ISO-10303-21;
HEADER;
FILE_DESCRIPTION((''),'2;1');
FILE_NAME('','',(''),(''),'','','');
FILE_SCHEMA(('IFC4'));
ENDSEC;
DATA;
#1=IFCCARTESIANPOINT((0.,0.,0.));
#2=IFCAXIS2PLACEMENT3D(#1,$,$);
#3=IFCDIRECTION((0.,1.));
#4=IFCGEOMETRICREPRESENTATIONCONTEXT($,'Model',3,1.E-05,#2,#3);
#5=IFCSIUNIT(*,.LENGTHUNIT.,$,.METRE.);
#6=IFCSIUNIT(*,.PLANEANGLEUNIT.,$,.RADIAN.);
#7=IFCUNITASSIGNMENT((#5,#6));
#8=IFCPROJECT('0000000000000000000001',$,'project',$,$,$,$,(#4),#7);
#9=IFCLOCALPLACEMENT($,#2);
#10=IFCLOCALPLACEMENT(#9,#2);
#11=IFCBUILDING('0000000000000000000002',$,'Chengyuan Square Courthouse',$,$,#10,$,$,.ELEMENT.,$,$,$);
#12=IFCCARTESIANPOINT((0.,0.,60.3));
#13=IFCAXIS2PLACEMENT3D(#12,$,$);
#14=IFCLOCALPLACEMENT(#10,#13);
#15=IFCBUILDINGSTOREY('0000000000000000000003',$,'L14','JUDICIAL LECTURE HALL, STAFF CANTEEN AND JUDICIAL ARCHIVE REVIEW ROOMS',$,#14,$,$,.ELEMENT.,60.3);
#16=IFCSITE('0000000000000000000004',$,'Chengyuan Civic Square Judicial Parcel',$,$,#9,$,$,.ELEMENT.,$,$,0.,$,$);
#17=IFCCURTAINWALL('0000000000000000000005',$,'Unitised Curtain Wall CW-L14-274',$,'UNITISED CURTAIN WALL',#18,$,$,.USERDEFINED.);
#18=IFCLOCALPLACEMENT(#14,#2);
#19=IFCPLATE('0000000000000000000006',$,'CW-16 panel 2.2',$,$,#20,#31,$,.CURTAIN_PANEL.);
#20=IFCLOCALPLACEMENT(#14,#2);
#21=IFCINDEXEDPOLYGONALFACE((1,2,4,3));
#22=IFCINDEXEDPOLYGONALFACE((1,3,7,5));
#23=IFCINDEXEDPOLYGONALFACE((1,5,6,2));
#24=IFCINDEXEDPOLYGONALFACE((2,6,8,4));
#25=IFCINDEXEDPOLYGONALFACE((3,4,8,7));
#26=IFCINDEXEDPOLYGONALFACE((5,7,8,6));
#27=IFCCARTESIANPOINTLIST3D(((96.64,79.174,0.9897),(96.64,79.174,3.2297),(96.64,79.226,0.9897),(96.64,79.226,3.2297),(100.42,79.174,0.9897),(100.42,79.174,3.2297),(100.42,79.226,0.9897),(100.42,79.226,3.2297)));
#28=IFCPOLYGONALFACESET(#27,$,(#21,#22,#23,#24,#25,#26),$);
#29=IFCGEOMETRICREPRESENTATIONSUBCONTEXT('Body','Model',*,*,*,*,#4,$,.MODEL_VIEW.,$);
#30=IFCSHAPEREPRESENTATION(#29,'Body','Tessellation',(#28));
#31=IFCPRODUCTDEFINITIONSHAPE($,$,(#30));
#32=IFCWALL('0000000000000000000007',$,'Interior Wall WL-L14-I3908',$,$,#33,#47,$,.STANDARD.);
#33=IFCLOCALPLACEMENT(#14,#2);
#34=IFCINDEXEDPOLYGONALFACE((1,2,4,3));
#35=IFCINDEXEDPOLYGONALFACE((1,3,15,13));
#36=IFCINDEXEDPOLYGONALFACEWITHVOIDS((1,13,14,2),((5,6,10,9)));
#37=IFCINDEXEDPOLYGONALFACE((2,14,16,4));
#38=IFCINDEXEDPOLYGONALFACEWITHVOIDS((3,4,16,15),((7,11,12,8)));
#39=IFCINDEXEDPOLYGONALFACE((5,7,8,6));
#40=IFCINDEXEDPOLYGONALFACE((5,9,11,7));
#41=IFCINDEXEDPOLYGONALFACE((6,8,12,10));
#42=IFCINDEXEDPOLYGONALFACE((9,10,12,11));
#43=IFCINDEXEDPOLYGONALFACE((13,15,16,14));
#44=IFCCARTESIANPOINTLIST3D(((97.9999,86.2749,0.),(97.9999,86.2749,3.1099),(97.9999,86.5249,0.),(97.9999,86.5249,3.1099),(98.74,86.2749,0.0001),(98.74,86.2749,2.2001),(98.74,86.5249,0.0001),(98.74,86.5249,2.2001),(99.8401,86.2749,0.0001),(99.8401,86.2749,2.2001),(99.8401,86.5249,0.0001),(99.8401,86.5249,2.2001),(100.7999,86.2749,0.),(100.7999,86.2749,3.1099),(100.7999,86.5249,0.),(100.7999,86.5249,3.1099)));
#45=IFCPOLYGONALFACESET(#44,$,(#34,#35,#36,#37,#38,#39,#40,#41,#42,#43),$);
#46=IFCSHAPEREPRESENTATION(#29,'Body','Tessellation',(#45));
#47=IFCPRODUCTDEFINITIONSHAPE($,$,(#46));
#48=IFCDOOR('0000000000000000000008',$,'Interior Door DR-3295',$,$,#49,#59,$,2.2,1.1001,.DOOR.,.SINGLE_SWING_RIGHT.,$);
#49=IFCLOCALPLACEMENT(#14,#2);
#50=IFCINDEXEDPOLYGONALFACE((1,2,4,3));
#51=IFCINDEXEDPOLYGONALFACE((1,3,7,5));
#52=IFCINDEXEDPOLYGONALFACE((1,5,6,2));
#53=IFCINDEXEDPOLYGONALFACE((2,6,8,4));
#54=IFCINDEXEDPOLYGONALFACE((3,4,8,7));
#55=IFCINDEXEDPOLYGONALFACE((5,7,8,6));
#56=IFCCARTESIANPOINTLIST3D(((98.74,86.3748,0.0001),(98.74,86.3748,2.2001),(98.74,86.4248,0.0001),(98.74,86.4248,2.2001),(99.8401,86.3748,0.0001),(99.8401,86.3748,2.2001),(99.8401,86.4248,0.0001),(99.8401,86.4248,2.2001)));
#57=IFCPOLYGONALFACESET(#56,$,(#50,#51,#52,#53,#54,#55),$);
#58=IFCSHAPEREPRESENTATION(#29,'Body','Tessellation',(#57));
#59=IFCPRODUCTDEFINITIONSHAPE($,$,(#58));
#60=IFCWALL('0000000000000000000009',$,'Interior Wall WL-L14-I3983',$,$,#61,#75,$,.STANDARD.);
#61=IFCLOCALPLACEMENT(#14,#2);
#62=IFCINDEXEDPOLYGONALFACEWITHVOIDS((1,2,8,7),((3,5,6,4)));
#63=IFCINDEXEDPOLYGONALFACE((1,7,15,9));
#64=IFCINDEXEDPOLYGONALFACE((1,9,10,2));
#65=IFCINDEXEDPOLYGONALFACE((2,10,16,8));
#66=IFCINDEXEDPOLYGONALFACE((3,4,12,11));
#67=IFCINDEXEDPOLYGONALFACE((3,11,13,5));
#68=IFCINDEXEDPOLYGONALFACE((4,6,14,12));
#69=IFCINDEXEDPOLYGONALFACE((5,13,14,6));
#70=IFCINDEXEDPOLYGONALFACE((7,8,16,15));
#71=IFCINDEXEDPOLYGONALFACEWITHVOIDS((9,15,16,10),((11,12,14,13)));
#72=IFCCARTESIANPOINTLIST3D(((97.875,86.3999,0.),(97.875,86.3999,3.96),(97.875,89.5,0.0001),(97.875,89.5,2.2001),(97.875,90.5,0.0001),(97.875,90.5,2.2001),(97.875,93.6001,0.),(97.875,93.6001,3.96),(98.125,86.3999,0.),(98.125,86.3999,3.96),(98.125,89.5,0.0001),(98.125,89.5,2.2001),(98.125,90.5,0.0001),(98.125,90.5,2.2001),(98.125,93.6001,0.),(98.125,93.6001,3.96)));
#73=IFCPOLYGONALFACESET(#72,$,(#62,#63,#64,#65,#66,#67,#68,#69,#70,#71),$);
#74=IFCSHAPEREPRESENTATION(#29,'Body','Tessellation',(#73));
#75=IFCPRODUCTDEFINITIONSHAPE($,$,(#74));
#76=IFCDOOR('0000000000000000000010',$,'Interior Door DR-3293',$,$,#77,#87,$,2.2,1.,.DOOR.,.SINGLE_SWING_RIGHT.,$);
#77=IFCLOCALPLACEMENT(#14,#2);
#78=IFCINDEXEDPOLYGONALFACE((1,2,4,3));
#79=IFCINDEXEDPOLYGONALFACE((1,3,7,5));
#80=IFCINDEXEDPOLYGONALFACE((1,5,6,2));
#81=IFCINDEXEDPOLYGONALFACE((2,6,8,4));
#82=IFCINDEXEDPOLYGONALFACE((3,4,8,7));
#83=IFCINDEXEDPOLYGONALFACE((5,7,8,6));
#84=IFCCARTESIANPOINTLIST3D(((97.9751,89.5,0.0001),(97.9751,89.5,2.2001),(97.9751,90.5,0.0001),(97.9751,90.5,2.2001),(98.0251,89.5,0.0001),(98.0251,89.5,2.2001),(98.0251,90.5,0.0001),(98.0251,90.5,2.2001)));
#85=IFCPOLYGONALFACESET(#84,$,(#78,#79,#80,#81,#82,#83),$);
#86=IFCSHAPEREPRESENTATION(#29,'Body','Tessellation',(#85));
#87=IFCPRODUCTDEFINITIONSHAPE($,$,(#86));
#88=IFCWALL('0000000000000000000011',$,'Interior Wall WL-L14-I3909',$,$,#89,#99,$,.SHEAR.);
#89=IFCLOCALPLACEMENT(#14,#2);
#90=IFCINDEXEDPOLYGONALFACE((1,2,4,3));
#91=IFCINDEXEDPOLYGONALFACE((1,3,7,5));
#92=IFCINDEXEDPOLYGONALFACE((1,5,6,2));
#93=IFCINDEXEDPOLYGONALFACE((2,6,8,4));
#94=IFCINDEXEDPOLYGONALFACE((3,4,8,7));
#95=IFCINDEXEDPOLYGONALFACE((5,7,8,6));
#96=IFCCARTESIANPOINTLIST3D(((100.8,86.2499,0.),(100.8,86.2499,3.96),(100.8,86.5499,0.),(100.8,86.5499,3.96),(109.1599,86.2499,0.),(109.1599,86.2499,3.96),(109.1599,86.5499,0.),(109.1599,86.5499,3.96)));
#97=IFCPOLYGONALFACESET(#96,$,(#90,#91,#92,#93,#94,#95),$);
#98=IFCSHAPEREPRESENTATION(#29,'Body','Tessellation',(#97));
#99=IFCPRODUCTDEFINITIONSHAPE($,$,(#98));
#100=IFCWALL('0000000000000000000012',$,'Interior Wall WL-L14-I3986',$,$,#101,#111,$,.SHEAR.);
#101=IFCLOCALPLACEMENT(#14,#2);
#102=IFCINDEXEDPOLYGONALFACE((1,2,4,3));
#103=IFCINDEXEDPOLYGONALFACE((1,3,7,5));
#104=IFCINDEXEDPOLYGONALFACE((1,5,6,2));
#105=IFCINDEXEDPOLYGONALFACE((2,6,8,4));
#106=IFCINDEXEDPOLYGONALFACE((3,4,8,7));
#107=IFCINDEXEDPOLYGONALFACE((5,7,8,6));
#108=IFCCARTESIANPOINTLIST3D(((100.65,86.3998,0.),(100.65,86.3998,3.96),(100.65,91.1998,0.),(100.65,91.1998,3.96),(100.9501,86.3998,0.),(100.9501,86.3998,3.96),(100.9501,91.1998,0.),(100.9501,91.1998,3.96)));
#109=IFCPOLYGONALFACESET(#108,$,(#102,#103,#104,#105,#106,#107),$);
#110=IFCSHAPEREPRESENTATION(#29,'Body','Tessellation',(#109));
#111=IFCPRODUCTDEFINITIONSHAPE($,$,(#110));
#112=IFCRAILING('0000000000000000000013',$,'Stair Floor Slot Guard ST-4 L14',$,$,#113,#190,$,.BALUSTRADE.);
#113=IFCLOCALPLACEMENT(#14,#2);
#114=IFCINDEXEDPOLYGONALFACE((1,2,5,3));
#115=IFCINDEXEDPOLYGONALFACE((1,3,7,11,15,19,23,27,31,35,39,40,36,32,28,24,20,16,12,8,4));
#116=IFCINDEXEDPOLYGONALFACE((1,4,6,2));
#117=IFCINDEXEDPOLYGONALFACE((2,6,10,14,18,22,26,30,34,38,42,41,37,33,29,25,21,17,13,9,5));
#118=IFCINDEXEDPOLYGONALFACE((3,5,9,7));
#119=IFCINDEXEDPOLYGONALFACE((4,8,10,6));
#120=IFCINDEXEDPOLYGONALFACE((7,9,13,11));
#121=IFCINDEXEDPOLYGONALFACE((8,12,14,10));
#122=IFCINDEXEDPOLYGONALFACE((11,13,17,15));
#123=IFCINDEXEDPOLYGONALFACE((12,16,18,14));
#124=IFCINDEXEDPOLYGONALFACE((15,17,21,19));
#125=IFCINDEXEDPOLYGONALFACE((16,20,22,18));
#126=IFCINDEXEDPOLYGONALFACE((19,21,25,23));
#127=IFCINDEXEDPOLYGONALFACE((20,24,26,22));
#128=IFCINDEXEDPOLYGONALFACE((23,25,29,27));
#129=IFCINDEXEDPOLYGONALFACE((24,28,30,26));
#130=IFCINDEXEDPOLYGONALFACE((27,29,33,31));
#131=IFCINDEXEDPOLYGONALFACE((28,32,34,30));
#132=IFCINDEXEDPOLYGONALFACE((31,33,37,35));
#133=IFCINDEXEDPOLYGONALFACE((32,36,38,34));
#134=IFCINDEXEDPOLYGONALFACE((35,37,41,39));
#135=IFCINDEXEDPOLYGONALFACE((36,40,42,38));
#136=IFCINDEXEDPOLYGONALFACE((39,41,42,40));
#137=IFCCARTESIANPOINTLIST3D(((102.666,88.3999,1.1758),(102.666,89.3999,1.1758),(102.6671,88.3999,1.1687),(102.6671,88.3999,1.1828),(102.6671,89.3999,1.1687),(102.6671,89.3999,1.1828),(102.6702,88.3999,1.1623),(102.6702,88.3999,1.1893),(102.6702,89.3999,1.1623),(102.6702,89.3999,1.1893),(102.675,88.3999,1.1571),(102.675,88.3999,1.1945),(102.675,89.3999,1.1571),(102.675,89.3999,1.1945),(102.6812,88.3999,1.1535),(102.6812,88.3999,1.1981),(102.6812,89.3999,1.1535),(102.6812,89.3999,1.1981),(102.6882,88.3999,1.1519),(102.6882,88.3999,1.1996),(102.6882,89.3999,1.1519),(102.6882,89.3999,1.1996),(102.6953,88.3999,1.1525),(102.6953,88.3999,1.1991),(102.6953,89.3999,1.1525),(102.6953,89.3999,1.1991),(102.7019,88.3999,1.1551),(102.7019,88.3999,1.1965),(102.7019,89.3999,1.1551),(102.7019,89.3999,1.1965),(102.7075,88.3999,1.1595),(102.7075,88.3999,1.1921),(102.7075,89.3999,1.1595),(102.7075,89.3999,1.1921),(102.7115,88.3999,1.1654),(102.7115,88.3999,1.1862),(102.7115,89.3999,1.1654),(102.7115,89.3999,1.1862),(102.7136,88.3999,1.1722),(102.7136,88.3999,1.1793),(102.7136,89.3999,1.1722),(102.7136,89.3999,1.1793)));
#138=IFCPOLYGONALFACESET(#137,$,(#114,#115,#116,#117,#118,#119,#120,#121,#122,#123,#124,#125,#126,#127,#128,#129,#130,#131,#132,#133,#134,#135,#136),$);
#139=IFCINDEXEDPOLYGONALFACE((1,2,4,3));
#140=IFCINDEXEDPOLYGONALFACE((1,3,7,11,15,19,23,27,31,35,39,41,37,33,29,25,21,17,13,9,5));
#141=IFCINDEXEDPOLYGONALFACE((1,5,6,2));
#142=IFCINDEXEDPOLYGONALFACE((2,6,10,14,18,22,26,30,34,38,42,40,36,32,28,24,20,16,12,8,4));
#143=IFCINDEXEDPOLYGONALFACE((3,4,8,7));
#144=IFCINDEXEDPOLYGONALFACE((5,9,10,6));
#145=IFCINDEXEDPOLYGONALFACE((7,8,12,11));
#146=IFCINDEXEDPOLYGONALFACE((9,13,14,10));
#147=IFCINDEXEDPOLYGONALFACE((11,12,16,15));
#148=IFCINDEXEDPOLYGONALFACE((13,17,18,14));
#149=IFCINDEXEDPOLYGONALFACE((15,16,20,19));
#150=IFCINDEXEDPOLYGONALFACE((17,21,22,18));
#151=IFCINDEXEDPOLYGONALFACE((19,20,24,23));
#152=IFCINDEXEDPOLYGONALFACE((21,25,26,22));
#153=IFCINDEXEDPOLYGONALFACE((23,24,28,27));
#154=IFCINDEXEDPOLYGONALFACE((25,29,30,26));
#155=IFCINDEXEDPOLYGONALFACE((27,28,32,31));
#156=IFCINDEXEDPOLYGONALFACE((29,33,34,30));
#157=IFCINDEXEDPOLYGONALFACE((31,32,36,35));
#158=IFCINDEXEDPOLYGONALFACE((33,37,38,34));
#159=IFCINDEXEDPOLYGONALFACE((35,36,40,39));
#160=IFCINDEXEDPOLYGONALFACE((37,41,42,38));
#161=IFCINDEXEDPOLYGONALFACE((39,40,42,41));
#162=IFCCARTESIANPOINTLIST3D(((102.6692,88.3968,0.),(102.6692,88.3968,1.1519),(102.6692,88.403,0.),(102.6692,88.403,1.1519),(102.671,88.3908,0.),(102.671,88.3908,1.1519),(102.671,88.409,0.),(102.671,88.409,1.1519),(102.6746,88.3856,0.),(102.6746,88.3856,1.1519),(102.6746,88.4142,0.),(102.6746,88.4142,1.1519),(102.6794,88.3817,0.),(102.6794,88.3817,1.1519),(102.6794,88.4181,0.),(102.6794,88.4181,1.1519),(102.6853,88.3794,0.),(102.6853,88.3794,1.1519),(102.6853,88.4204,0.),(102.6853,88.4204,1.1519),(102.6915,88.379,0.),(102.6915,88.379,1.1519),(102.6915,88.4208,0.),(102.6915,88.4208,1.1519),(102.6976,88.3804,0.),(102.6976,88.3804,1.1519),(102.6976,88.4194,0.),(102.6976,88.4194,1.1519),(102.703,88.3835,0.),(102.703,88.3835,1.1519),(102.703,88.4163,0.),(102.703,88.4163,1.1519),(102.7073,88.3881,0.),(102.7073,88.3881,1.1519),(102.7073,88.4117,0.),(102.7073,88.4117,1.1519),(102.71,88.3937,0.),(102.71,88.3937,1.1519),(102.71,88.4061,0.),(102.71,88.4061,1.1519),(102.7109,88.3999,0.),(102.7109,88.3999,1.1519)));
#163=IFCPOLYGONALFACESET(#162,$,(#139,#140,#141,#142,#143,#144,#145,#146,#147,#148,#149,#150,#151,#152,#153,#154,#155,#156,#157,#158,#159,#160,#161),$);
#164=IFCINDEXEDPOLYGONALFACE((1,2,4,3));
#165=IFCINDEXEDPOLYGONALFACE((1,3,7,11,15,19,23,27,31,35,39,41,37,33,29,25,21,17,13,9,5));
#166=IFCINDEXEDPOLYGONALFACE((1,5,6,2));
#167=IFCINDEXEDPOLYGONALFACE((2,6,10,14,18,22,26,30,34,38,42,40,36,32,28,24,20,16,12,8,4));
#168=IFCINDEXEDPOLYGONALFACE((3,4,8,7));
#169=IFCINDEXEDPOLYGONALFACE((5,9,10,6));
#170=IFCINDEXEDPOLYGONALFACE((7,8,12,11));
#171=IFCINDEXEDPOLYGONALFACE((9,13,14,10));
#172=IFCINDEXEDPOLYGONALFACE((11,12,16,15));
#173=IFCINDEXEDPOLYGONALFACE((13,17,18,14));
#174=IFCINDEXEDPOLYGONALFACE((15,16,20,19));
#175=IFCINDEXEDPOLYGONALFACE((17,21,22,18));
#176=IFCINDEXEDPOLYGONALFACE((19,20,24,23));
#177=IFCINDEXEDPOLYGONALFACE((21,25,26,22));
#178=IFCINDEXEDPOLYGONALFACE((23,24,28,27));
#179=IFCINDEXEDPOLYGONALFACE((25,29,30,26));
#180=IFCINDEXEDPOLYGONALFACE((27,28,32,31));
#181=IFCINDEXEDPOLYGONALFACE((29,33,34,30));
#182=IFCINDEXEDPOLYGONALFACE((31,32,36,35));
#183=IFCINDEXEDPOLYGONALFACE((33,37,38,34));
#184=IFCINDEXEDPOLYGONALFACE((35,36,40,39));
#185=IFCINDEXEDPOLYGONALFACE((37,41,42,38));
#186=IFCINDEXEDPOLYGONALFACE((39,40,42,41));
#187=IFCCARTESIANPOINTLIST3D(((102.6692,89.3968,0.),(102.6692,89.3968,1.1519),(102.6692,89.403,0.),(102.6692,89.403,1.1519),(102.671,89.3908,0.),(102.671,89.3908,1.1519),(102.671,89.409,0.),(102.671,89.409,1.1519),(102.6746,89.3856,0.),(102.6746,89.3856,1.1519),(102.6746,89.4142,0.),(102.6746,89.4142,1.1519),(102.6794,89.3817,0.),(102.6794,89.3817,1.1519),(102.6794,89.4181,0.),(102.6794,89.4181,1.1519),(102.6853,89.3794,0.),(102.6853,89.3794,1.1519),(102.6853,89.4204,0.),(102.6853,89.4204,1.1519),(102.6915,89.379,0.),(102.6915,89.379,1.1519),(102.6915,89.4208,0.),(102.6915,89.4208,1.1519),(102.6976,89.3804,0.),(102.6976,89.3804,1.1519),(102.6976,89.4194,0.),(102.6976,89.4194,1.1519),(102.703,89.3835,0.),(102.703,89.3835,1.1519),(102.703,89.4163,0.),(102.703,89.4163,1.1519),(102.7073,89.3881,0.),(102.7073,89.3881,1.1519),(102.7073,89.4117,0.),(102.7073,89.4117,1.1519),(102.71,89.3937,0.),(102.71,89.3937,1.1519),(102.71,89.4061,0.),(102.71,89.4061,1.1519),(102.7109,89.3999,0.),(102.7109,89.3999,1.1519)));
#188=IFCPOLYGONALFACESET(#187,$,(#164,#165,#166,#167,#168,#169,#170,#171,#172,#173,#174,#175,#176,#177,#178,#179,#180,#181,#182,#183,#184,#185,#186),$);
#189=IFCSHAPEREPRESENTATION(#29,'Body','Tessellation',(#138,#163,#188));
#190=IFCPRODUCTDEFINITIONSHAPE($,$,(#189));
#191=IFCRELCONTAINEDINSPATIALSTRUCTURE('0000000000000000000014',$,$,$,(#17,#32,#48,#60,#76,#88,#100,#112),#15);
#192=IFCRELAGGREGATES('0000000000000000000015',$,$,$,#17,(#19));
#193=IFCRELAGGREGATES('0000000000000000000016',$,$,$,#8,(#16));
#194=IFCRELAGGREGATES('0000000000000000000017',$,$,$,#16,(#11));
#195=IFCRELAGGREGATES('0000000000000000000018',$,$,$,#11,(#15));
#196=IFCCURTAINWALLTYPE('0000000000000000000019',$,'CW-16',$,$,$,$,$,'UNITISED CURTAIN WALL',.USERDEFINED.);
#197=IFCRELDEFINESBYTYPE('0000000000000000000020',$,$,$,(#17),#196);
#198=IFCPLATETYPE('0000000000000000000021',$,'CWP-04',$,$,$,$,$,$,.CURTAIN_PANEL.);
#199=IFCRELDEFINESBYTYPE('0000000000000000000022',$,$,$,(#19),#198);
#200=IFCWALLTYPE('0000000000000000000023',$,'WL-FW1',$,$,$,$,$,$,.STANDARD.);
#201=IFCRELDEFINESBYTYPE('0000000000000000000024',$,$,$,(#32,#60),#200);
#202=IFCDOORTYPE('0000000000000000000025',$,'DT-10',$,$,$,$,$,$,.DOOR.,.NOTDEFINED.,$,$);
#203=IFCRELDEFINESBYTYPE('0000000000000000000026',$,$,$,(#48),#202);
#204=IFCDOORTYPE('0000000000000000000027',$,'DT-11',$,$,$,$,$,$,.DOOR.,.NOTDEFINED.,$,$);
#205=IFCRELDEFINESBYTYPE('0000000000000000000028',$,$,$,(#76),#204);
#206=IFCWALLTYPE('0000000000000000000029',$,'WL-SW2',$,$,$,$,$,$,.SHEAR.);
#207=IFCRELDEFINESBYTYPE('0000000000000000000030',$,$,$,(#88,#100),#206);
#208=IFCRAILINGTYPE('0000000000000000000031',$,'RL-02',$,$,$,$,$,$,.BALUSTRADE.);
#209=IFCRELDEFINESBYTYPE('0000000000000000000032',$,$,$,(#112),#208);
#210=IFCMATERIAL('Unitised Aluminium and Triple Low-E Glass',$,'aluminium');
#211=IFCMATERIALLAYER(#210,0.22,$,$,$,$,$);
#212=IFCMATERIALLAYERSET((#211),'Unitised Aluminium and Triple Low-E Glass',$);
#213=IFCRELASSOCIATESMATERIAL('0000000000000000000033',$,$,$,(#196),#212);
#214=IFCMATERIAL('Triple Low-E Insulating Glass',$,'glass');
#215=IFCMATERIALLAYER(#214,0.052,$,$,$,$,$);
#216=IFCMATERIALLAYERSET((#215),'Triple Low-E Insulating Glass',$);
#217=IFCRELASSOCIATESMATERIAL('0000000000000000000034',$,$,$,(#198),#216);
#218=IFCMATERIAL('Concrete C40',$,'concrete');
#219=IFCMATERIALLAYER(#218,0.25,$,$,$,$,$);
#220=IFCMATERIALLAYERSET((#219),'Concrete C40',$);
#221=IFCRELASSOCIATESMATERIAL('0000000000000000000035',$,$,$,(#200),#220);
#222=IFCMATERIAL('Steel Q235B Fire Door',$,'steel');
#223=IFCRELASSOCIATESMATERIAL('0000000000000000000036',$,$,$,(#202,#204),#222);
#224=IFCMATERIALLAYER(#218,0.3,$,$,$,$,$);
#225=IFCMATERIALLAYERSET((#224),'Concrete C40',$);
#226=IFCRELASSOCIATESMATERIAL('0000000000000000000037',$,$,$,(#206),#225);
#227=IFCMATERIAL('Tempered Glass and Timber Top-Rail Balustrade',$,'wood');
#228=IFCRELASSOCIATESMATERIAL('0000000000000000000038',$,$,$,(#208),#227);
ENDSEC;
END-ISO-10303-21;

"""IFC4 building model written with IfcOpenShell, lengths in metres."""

from ifc_helpers import new_model, si_unit, direction, frame, frame_2d, origin, origin_2d, place, context, subcontext, project, spatial, rectangle, circle, extrude, material, layer, layer_set, type_object, element, fill, aggregate, save


model = new_model("IFC4")

# Units and contexts
model_context = context("Model", 3, precision=1e-05, world=origin(), true_north=direction((0.0, 1.0)))
body_context = subcontext(model_context, "Body", "Model", "MODEL_VIEW")
ifc_project = project(units=[si_unit("LENGTHUNIT", "METRE"), si_unit("PLANEANGLEUNIT", "RADIAN")], contexts=[model_context])

# Site, building, storey
site_placement = place(None, origin())
site = spatial("IfcSite", under=ifc_project, at=site_placement, Name="Chengyuan Civic Square Judicial Parcel", CompositionType="ELEMENT", RefElevation=0.0)
building_placement = place(site_placement, origin())
building = spatial("IfcBuilding", under=site, at=building_placement, Name="Chengyuan Square Courthouse", CompositionType="ELEMENT")
storey_placement = place(building_placement, frame((0.0, 0.0, 60.3)))
storey = spatial("IfcBuildingStorey", under=building, at=storey_placement, Name="L14", Description="JUDICIAL LECTURE HALL, STAFF CANTEEN AND JUDICIAL ARCHIVE REVIEW ROOMS", CompositionType="ELEMENT", Elevation=60.3)

# Shared definitions
ifc_material_1 = material(Name="Concrete C40", Category="concrete")

# Curtain wall
ifc_material_2 = material(Name="Unitised Aluminium and Triple Low-E Glass", Category="aluminium")
ifc_layer_1 = layer(ifc_material_2, 0.22)
ifc_layer_set_1 = layer_set([ifc_layer_1], Name="Unitised Aluminium and Triple Low-E Glass")
curtain_wall_type = type_object("IfcCurtainWallType", Name="CW-16", ElementType="UNITISED CURTAIN WALL", PredefinedType="USERDEFINED", material=ifc_layer_set_1)
curtain_wall_1_placement = place(storey_placement, origin())
curtain_wall_1 = element("IfcCurtainWall", 1, at=curtain_wall_1_placement, inside=storey, type_object=curtain_wall_type, Name="Unitised Curtain Wall CW-L14-274", ObjectType="UNITISED CURTAIN WALL", PredefinedType="USERDEFINED")

# Plate
ifc_material_3 = material(Name="Triple Low-E Insulating Glass", Category="glass")
ifc_layer_2 = layer(ifc_material_3, 0.052)
ifc_layer_set_2 = layer_set([ifc_layer_2], Name="Triple Low-E Insulating Glass")
plate_type = type_object("IfcPlateType", Name="CWP-04", PredefinedType="CURTAIN_PANEL", material=ifc_layer_set_2)
plate_1_placement = place(storey_placement, frame((98.53, 79.2, 0.9897), z_axis=(0.0, 0.0, 1.0), x_axis=(1.0, 0.0, 0.0)))
plate_1 = element("IfcPlate", 2, at=plate_1_placement, type_object=plate_type, Name="CW-16 panel 2.2", PredefinedType="CURTAIN_PANEL", context=body_context, shape_type="SweptSolid", body=[
    extrude(rectangle(XDim=3.78, YDim=0.052, at=origin_2d()), origin(), (0.0, 0.0, 1.0), 2.24),
])
aggregate(curtain_wall_1, [plate_1])

# Walls, openings, doors
ifc_layer_3 = layer(ifc_material_1, 0.25)
ifc_layer_set_3 = layer_set([ifc_layer_3], Name="Concrete C40")
wall_type_1 = type_object("IfcWallType", Name="WL-FW1", PredefinedType="STANDARD", material=ifc_layer_set_3)
wall_1_placement = place(storey_placement, frame((98.0, 86.3999, 0.0), z_axis=(0.0, 0.0, 1.0), x_axis=(1.0, 0.0, 0.0)))
wall_1 = element("IfcWall", 3, at=wall_1_placement, inside=storey, type_object=wall_type_1, Name="Interior Wall WL-L14-I3908", PredefinedType="STANDARD", context=body_context, shape_type="SweptSolid", body=[
    extrude(rectangle(XDim=2.8, YDim=0.25, at=frame_2d((1.3999, 0.0))), origin(), (0.0, 0.0, 1.0), 3.1099),
])
opening_1_placement = place(wall_1_placement, frame((0.74, 0.0, 0.0)))
opening_1 = element("IfcOpeningElement", 4, at=opening_1_placement, cuts=wall_1, PredefinedType="OPENING", context=body_context, shape_type="SweptSolid", body=[
    extrude(rectangle(XDim=1.1001, YDim=2.2, at=frame_2d((0.55, 1.1001))), frame((0.0, 0.137, 0.0), z_axis=(0.0, -1.0, 0.0), x_axis=(1.0, 0.0, 0.0)), (0.0, 0.0, 1.0), 0.2739),
])
ifc_material_4 = material(Name="Steel Q235B Fire Door", Category="steel")
door_type_1 = type_object("IfcDoorType", Name="DT-10", OperationType="NOTDEFINED", PredefinedType="DOOR", material=ifc_material_4)
door_1_placement = place(opening_1_placement, origin())
door_1 = element("IfcDoor", 5, at=door_1_placement, inside=storey, type_object=door_type_1, Name="Interior Door DR-3295", OperationType="SINGLE_SWING_RIGHT", OverallHeight=2.2, OverallWidth=1.1001, PredefinedType="DOOR", context=body_context, shape_type="SweptSolid", body=[
    extrude(rectangle(XDim=1.1001, YDim=2.2, at=frame_2d((0.55, 1.1001))), frame((0.0, 0.0249, 0.0), z_axis=(0.0, -1.0, 0.0), x_axis=(1.0, 0.0, 0.0)), (0.0, 0.0, 1.0), 0.05),
])
fill(opening_1, door_1)
wall_2_placement = place(storey_placement, frame((98.0, 86.3999, 0.0), z_axis=(0.0, 0.0, 1.0), x_axis=(0.0, 1.0, 0.0)))
wall_2 = element("IfcWall", 6, at=wall_2_placement, inside=storey, type_object=wall_type_1, Name="Interior Wall WL-L14-I3983", PredefinedType="STANDARD", context=body_context, shape_type="SweptSolid", body=[
    extrude(rectangle(XDim=7.2002, YDim=0.25, at=frame_2d((3.6001, 0.0))), origin(), (0.0, 0.0, 1.0), 3.96),
])
opening_2_placement = place(wall_2_placement, frame((3.1001, 0.0, 0.0)))
opening_2 = element("IfcOpeningElement", 7, at=opening_2_placement, cuts=wall_2, PredefinedType="OPENING", context=body_context, shape_type="SweptSolid", body=[
    extrude(rectangle(XDim=1.0, YDim=2.2, at=frame_2d((0.5, 1.1001))), frame((0.0, 0.137, 0.0), z_axis=(0.0, -1.0, 0.0), x_axis=(1.0, 0.0, 0.0)), (0.0, 0.0, 1.0), 0.2739),
])
door_type_2 = type_object("IfcDoorType", Name="DT-11", OperationType="NOTDEFINED", PredefinedType="DOOR", material=ifc_material_4)
door_2_placement = place(opening_2_placement, origin())
door_2 = element("IfcDoor", 8, at=door_2_placement, inside=storey, type_object=door_type_2, Name="Interior Door DR-3293", OperationType="SINGLE_SWING_RIGHT", OverallHeight=2.2, OverallWidth=1.0, PredefinedType="DOOR", context=body_context, shape_type="SweptSolid", body=[
    extrude(rectangle(XDim=1.0, YDim=2.2, at=frame_2d((0.5, 1.1001))), frame((0.0, 0.0249, 0.0), z_axis=(0.0, -1.0, 0.0), x_axis=(1.0, 0.0, 0.0)), (0.0, 0.0, 1.0), 0.05),
])
fill(opening_2, door_2)

# Walls
ifc_layer_4 = layer(ifc_material_1, 0.3)
ifc_layer_set_4 = layer_set([ifc_layer_4], Name="Concrete C40")
wall_type_2 = type_object("IfcWallType", Name="WL-SW2", PredefinedType="SHEAR", material=ifc_layer_set_4)
wall_3_placement = place(storey_placement, frame((100.8, 86.3999, 0.0), z_axis=(0.0, 0.0, 1.0), x_axis=(1.0, 0.0, 0.0)))
element("IfcWall", 9, at=wall_3_placement, inside=storey, type_object=wall_type_2, Name="Interior Wall WL-L14-I3909", PredefinedType="SHEAR", context=body_context, shape_type="SweptSolid", body=[
    extrude(rectangle(XDim=8.3599, YDim=0.3, at=frame_2d((4.1799, 0.0))), origin(), (0.0, 0.0, 1.0), 3.96),
])
wall_4_placement = place(storey_placement, frame((100.8, 86.3999, 0.0), z_axis=(0.0, 0.0, 1.0), x_axis=(0.0, 1.0, 0.0)))
element("IfcWall", 10, at=wall_4_placement, inside=storey, type_object=wall_type_2, Name="Interior Wall WL-L14-I3986", PredefinedType="SHEAR", context=body_context, shape_type="SweptSolid", body=[
    extrude(rectangle(XDim=4.8, YDim=0.3, at=frame_2d((2.3999, 0.0))), origin(), (0.0, 0.0, 1.0), 3.96),
])

# Railing
ifc_material_5 = material(Name="Tempered Glass and Timber Top-Rail Balustrade", Category="wood")
railing_type = type_object("IfcRailingType", Name="RL-02", PredefinedType="BALUSTRADE", material=ifc_material_5)
railing_placement = place(storey_placement, frame((102.6899, 88.3999, 0.0)))
element("IfcRailing", 11, at=railing_placement, inside=storey, type_object=railing_type, Name="Stair Floor Slot Guard ST-4 L14", PredefinedType="BALUSTRADE", context=body_context, shape_type="SweptSolid", body=[
    extrude(circle(Radius=0.0239, at=origin_2d()), frame((0.0, 0.0, 1.1758), z_axis=(0.0, 1.0, 0.0), x_axis=(-1.0, 0.0, 0.0)), (0.0, 0.0, 1.0), 1.0),
    extrude(circle(Radius=0.021, at=origin_2d()), origin(), (0.0, 0.0, 1.0), 1.1519),
    extrude(circle(Radius=0.021, at=origin_2d()), frame((0.0, 1.0, 0.0)), (0.0, 0.0, 1.0), 1.1519),
])

save(model, "model.ifc")
